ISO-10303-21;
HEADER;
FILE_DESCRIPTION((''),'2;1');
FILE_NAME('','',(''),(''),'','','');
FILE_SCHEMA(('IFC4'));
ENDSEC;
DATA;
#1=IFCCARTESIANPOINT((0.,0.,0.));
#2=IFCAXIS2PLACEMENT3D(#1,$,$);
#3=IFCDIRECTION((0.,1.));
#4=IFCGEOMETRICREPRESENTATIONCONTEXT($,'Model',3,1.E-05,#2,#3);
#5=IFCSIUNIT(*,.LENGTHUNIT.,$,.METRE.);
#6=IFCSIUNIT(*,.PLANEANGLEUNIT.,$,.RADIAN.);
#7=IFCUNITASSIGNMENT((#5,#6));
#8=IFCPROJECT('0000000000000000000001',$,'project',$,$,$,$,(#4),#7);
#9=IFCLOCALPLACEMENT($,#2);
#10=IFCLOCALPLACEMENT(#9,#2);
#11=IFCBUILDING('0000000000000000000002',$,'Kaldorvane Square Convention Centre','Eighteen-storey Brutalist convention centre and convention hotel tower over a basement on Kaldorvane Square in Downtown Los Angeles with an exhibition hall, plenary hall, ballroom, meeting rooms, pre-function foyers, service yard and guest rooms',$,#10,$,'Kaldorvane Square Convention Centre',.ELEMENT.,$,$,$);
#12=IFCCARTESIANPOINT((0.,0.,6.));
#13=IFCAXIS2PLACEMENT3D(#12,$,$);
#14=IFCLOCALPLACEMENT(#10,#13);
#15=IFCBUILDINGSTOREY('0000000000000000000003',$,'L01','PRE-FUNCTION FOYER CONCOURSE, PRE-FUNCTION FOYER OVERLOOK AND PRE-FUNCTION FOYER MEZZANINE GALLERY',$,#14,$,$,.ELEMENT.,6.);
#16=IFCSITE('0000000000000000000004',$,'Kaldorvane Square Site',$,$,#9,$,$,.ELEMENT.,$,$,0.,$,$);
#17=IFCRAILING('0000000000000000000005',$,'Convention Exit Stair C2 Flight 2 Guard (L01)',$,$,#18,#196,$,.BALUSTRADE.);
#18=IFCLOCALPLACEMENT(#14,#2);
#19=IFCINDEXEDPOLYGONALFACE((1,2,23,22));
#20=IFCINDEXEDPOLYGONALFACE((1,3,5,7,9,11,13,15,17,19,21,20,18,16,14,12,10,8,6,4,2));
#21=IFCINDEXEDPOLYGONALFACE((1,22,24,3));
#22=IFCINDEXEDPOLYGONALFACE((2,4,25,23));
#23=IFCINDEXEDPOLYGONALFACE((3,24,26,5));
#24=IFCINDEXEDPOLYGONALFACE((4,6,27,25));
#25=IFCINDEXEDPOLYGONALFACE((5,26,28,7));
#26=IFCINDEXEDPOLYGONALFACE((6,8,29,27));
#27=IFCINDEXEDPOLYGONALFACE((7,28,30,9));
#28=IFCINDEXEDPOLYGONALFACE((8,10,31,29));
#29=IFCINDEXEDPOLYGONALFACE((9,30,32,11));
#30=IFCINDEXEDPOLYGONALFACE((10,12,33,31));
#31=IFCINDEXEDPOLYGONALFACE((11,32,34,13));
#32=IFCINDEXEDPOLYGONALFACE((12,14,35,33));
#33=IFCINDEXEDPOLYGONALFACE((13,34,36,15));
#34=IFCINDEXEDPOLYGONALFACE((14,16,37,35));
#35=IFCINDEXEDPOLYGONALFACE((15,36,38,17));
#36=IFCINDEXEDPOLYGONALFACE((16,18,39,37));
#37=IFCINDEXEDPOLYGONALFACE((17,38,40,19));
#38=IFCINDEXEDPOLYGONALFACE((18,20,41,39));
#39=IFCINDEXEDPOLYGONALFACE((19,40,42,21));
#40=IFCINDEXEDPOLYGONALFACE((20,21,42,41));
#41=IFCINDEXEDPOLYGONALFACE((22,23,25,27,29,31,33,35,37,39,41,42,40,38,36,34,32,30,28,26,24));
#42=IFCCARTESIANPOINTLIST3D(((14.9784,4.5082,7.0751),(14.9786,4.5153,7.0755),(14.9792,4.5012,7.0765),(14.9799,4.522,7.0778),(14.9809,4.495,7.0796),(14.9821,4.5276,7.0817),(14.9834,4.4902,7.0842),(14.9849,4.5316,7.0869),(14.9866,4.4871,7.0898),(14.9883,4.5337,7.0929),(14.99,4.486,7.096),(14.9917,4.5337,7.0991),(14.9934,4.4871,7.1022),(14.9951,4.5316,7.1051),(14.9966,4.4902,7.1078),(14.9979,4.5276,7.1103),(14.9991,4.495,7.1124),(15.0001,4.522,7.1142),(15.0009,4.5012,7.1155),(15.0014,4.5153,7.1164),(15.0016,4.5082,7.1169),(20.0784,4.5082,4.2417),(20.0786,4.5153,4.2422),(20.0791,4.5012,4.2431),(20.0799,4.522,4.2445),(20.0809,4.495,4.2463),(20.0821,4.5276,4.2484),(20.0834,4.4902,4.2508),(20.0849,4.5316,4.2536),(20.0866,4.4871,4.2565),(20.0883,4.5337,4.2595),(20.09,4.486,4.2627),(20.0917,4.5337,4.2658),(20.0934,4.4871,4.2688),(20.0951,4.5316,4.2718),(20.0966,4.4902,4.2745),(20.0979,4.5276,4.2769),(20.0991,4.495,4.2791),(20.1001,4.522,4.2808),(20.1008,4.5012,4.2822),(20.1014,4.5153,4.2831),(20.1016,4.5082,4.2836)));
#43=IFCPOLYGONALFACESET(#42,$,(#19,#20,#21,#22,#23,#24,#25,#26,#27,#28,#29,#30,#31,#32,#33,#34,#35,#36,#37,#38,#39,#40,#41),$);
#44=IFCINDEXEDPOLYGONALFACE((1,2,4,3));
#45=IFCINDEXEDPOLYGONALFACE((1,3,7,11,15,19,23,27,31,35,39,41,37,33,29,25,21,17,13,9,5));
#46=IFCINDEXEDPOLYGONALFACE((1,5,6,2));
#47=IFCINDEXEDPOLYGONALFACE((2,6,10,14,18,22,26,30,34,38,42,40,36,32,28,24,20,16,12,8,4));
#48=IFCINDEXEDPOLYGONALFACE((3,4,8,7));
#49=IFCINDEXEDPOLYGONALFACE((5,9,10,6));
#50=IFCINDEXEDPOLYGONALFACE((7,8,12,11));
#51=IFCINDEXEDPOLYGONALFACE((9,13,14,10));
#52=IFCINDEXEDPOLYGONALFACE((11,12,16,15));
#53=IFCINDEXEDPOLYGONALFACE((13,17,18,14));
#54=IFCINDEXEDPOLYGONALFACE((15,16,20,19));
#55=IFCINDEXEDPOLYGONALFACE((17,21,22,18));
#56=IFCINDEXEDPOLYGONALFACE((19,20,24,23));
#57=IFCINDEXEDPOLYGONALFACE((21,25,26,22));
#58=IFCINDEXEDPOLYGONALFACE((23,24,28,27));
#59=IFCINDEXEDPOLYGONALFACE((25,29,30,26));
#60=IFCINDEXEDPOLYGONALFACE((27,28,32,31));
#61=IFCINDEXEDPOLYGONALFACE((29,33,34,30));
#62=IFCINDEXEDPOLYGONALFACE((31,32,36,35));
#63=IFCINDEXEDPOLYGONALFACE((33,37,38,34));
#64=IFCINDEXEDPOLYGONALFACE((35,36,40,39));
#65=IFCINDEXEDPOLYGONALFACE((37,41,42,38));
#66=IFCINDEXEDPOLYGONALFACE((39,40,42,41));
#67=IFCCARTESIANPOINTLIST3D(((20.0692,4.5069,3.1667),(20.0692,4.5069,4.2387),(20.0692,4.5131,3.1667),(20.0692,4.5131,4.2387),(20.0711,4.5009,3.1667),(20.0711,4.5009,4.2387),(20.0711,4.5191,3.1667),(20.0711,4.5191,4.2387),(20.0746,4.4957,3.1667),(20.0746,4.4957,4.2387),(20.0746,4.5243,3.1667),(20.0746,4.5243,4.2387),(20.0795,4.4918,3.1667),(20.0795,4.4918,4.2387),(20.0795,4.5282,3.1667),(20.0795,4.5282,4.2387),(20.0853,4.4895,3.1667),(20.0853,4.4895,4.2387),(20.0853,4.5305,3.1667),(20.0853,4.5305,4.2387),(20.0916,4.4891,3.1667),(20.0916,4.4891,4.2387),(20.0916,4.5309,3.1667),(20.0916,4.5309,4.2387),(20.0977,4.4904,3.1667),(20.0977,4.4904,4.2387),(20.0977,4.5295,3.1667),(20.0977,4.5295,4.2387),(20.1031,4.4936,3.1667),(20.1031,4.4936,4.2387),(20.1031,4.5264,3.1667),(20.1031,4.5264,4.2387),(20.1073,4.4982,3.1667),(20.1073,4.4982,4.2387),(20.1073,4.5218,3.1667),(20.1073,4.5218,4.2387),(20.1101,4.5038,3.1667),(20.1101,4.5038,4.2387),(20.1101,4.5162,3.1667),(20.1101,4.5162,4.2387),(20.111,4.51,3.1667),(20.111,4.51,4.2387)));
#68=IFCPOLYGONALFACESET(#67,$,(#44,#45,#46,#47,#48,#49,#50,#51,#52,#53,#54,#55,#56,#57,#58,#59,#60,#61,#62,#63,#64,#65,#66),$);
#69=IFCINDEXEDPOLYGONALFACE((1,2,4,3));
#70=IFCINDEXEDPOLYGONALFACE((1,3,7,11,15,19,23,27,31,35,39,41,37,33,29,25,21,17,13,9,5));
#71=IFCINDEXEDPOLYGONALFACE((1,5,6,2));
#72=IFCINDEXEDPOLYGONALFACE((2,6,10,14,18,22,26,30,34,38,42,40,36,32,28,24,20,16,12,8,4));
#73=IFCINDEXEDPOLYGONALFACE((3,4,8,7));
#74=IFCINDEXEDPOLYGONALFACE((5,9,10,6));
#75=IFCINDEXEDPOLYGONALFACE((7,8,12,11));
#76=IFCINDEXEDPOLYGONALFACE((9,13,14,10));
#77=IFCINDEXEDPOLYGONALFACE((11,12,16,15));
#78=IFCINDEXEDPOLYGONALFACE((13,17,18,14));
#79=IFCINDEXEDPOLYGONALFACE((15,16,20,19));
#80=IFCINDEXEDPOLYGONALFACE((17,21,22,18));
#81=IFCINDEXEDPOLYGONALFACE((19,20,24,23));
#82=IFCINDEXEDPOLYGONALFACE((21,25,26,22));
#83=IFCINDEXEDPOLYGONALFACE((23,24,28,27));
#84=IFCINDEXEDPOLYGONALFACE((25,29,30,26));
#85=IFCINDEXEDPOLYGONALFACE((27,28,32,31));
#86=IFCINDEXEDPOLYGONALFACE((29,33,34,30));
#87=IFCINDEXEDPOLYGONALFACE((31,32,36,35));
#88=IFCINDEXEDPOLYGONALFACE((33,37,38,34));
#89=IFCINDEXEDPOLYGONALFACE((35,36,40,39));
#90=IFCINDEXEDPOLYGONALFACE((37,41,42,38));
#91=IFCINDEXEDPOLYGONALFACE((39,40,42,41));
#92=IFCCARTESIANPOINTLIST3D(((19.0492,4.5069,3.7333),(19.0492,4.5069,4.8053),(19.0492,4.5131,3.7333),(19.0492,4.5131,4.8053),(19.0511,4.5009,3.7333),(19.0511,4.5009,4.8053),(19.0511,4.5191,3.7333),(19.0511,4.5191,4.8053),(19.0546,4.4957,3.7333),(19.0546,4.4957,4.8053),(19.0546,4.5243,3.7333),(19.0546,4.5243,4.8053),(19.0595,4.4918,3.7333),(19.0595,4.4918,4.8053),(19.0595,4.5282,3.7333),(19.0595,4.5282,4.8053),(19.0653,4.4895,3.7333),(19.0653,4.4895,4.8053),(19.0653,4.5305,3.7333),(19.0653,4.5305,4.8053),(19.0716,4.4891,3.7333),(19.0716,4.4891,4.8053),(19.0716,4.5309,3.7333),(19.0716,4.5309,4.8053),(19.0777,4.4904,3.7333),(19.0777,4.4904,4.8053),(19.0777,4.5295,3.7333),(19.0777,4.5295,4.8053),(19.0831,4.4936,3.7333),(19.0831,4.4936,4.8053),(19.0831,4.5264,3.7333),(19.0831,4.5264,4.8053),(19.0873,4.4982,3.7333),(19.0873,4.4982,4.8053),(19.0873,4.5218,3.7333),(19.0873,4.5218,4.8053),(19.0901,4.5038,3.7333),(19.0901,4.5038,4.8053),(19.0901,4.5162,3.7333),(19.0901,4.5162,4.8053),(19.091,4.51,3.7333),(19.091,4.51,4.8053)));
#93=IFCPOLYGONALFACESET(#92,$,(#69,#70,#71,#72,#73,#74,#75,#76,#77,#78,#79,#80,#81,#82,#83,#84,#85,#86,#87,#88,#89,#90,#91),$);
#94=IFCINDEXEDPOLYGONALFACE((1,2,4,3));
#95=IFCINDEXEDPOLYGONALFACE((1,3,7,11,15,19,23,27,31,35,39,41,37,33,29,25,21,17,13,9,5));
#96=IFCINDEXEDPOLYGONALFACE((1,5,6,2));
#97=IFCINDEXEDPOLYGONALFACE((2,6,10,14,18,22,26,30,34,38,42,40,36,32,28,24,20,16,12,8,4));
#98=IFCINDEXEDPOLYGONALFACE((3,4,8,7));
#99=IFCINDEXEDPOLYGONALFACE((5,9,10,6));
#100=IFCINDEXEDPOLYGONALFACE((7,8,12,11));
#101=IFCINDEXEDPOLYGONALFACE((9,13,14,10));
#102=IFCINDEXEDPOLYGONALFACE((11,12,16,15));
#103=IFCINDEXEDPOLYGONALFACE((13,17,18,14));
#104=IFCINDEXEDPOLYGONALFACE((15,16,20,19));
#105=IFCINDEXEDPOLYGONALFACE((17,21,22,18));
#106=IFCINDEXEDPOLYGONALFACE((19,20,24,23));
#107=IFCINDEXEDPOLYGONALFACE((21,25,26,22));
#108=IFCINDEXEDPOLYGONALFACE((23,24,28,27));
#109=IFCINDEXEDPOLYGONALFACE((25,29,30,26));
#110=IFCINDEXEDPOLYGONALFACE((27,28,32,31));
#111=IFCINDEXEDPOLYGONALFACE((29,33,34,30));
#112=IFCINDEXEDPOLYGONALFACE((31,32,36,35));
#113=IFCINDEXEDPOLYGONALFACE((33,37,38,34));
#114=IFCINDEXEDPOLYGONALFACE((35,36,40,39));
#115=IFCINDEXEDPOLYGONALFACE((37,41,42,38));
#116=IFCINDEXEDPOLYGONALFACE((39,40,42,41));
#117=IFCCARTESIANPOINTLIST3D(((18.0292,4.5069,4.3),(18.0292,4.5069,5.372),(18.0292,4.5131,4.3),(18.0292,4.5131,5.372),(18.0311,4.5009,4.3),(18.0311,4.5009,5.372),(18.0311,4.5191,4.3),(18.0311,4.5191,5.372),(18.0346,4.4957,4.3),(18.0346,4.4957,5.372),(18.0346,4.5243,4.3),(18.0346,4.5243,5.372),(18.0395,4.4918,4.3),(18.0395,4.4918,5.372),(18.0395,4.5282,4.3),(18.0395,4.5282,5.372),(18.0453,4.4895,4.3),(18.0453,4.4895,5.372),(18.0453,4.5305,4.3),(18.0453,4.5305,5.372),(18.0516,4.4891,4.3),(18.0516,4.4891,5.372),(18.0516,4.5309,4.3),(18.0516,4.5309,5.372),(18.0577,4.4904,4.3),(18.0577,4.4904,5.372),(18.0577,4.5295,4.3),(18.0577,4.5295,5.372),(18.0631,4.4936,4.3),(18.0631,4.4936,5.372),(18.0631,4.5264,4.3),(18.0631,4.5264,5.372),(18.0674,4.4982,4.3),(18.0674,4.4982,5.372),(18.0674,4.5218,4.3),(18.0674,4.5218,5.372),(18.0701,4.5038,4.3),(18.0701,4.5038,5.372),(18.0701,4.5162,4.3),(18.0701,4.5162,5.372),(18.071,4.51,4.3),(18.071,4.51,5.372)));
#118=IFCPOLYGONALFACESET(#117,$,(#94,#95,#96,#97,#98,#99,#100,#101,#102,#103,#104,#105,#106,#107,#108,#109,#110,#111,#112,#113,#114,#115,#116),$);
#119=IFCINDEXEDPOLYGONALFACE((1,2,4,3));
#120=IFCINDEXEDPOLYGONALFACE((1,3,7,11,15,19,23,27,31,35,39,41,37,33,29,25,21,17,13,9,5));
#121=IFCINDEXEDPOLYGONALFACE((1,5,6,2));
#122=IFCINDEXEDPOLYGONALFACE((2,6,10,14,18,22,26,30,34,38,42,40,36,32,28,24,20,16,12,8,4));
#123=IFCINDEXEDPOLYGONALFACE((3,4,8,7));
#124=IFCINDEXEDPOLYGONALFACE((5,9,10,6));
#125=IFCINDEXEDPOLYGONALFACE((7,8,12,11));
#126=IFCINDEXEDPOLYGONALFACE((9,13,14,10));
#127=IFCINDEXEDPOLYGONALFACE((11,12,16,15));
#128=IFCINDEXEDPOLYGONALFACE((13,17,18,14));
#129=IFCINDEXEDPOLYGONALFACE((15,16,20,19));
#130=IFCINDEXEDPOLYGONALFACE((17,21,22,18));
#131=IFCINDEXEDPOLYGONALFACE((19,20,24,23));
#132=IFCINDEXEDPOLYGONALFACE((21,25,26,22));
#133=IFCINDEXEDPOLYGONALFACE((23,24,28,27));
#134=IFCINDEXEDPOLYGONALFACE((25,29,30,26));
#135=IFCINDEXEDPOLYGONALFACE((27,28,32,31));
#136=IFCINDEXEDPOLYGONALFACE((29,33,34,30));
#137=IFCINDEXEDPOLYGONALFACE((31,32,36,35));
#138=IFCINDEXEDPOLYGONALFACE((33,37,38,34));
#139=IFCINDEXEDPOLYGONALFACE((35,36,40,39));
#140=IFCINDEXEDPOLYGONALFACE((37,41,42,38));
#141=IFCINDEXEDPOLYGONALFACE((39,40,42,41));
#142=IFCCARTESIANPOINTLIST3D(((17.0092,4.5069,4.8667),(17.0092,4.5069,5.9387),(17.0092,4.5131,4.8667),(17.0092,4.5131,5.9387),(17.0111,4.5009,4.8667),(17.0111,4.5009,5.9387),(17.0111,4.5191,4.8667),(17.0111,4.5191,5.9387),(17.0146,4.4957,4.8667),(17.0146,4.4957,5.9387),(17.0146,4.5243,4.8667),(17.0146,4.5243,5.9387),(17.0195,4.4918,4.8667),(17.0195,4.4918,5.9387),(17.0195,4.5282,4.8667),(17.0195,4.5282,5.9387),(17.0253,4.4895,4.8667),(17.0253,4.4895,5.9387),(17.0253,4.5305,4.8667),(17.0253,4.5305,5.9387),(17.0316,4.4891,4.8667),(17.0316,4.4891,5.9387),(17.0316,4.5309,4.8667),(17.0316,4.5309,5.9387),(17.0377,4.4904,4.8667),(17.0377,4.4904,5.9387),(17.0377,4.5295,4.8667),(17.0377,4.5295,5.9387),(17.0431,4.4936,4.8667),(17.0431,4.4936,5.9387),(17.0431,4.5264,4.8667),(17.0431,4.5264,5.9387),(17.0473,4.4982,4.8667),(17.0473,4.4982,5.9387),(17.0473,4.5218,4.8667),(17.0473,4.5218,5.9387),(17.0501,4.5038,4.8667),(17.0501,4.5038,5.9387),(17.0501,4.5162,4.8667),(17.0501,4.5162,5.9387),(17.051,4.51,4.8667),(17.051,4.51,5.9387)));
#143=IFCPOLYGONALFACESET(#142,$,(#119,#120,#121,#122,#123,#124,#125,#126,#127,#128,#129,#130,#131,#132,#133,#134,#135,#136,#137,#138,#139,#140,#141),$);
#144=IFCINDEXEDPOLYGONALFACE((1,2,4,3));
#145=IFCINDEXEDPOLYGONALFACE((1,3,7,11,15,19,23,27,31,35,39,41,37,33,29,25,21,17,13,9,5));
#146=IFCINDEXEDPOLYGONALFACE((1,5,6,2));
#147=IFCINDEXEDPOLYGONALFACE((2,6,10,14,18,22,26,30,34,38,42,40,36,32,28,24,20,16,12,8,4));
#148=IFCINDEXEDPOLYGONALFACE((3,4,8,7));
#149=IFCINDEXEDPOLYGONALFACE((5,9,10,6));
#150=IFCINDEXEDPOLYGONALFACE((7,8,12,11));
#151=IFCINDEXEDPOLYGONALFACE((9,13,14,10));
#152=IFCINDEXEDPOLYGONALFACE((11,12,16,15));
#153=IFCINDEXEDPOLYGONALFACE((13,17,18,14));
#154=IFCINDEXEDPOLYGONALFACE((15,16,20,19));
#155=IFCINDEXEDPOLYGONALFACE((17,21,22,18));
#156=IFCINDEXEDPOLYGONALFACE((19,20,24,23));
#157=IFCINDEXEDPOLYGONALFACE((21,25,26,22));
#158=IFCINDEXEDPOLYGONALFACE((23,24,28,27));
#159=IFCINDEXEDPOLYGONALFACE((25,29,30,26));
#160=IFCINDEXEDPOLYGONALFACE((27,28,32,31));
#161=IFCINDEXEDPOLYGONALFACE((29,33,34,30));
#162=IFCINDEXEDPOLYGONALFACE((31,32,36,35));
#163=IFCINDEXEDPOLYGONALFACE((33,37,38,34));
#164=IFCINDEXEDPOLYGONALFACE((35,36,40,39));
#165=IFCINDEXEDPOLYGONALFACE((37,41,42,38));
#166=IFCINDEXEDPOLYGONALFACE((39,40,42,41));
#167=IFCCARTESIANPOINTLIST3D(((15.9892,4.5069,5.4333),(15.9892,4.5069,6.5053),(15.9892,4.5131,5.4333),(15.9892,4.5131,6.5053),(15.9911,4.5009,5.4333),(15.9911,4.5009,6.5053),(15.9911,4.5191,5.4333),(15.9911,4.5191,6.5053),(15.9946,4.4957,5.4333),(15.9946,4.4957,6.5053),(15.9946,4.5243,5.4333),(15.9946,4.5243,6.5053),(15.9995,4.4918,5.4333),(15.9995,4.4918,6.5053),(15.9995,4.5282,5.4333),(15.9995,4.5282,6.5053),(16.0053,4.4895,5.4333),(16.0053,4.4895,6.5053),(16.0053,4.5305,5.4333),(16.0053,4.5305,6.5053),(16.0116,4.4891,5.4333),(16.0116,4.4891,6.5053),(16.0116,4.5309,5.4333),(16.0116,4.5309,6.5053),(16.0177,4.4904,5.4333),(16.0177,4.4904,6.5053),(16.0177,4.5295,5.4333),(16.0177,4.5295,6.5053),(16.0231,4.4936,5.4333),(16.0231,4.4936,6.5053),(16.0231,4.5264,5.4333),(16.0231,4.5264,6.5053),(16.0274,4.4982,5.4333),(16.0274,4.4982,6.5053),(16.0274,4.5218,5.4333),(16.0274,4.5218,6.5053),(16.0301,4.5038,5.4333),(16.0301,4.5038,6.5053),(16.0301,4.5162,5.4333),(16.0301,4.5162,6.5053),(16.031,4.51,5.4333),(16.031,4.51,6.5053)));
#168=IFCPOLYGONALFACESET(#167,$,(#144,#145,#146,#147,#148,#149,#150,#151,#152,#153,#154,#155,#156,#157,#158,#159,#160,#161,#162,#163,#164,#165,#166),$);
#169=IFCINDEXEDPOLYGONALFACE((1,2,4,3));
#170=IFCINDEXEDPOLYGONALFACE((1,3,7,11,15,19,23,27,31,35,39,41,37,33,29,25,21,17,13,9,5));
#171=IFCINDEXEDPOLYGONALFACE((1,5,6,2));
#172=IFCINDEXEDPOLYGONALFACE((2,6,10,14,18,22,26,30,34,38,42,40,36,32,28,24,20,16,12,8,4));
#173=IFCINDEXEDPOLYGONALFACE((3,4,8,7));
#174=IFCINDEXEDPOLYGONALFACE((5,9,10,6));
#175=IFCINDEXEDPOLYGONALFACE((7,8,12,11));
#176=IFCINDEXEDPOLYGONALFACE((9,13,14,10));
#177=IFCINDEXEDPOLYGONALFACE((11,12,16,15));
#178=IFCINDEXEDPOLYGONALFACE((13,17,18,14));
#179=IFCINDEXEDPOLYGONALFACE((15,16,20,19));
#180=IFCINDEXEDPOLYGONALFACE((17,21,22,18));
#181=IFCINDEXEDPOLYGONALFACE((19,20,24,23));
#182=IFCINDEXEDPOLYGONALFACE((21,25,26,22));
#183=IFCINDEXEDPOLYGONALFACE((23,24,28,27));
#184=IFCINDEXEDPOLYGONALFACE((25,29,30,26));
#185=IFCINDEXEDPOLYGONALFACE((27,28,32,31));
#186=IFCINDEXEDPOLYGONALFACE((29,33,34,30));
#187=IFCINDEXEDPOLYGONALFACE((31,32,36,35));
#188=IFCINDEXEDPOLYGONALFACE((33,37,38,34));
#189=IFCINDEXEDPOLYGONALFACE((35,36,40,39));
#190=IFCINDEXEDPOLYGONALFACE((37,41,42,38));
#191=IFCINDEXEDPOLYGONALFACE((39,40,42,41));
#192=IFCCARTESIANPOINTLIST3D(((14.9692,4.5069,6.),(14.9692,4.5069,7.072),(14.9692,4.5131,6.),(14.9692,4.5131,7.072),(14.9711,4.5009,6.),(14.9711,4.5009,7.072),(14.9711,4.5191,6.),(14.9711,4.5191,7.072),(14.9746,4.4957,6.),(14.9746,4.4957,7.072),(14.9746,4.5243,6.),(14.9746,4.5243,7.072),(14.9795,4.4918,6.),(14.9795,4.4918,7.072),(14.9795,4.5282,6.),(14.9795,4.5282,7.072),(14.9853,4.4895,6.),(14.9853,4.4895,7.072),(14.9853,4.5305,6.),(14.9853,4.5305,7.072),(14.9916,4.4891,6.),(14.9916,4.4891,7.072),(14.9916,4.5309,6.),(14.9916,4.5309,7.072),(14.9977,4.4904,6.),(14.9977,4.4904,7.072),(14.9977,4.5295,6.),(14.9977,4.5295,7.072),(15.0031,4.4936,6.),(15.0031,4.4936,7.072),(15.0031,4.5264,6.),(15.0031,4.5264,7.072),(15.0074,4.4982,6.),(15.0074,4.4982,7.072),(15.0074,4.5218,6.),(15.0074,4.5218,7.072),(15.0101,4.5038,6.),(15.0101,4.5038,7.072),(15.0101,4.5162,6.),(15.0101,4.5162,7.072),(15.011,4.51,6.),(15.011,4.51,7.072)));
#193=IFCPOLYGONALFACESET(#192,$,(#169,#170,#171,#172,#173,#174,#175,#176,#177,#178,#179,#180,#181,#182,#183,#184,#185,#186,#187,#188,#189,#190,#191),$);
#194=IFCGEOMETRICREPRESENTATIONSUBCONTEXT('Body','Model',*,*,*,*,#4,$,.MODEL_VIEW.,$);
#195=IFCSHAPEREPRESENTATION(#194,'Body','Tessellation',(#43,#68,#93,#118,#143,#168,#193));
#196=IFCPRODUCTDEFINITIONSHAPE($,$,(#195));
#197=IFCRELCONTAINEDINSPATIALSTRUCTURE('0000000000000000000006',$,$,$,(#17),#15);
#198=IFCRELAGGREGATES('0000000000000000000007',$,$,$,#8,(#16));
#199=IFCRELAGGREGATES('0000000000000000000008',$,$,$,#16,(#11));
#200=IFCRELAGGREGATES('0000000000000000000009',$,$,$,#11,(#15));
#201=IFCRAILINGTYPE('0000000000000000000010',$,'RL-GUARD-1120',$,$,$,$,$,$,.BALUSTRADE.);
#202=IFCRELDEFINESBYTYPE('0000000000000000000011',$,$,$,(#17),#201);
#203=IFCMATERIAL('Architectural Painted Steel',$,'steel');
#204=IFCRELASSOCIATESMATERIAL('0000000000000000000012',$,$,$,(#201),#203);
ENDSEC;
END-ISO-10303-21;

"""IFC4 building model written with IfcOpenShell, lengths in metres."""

from ifc_helpers import new_model, si_unit, direction, frame, origin, origin_2d, place, context, subcontext, project, spatial, circle, extrude, material, type_object, element, save


model = new_model("IFC4")

# Units and contexts
model_context = context("Model", 3, precision=1e-05, world=origin(), true_north=direction((0.0, 1.0)))
body_context = subcontext(model_context, "Body", "Model", "MODEL_VIEW")
ifc_project = project(units=[si_unit("LENGTHUNIT", "METRE"), si_unit("PLANEANGLEUNIT", "RADIAN")], contexts=[model_context])

# Site, building, storey
site_placement = place(None, origin())
site = spatial("IfcSite", under=ifc_project, at=site_placement, Name="Kaldorvane Square Site", CompositionType="ELEMENT", RefElevation=0.0)
building_placement = place(site_placement, origin())
building = spatial("IfcBuilding", under=site, at=building_placement, Name="Kaldorvane Square Convention Centre", Description="Eighteen-storey Brutalist convention centre and convention hotel tower over a basement on Kaldorvane Square in Downtown Los Angeles with an exhibition hall, plenary hall, ballroom, meeting rooms, pre-function foyers, service yard and guest rooms", LongName="Kaldorvane Square Convention Centre", CompositionType="ELEMENT")
storey_placement = place(building_placement, frame((0.0, 0.0, 6.0)))
storey = spatial("IfcBuildingStorey", under=building, at=storey_placement, Name="L01", Description="PRE-FUNCTION FOYER CONCOURSE, PRE-FUNCTION FOYER OVERLOOK AND PRE-FUNCTION FOYER MEZZANINE GALLERY", CompositionType="ELEMENT", Elevation=6.0)

# Railing
ifc_material_1 = material(Name="Architectural Painted Steel", Category="steel")
railing_type_1 = type_object("IfcRailingType", Name="RL-GUARD-1120", PredefinedType="BALUSTRADE", material=ifc_material_1)
railing_1_placement = place(storey_placement, frame((20.09, 4.51, 3.1667)))
element("IfcRailing", 1, at=railing_1_placement, inside=storey, type_object=railing_type_1, Name="Convention Exit Stair C2 Flight 2 Guard (L01)", PredefinedType="BALUSTRADE", context=body_context, shape_type="SweptSolid", body=[
    extrude(circle(Radius=0.024, at=origin_2d()), frame((0.0, 0.0, 1.096), z_axis=(-0.874157, 0.0, 0.485643), x_axis=(0.0, -1.0, 0.0)), (0.0, 0.0, 1.0), 5.8342),
    extrude(circle(Radius=0.021, at=origin_2d()), origin(), (0.0, 0.0, 1.0), 1.072),
    extrude(circle(Radius=0.021, at=origin_2d()), frame((-1.02, 0.0, 0.5667)), (0.0, 0.0, 1.0), 1.072),
    extrude(circle(Radius=0.021, at=origin_2d()), frame((-2.04, 0.0, 1.1333)), (0.0, 0.0, 1.0), 1.072),
    extrude(circle(Radius=0.021, at=origin_2d()), frame((-3.06, 0.0, 1.7)), (0.0, 0.0, 1.0), 1.072),
    extrude(circle(Radius=0.021, at=origin_2d()), frame((-4.08, 0.0, 2.2667)), (0.0, 0.0, 1.0), 1.072),
    extrude(circle(Radius=0.021, at=origin_2d()), frame((-5.1, 0.0, 2.8333)), (0.0, 0.0, 1.0), 1.072),
])

save(model, "model.ifc")
